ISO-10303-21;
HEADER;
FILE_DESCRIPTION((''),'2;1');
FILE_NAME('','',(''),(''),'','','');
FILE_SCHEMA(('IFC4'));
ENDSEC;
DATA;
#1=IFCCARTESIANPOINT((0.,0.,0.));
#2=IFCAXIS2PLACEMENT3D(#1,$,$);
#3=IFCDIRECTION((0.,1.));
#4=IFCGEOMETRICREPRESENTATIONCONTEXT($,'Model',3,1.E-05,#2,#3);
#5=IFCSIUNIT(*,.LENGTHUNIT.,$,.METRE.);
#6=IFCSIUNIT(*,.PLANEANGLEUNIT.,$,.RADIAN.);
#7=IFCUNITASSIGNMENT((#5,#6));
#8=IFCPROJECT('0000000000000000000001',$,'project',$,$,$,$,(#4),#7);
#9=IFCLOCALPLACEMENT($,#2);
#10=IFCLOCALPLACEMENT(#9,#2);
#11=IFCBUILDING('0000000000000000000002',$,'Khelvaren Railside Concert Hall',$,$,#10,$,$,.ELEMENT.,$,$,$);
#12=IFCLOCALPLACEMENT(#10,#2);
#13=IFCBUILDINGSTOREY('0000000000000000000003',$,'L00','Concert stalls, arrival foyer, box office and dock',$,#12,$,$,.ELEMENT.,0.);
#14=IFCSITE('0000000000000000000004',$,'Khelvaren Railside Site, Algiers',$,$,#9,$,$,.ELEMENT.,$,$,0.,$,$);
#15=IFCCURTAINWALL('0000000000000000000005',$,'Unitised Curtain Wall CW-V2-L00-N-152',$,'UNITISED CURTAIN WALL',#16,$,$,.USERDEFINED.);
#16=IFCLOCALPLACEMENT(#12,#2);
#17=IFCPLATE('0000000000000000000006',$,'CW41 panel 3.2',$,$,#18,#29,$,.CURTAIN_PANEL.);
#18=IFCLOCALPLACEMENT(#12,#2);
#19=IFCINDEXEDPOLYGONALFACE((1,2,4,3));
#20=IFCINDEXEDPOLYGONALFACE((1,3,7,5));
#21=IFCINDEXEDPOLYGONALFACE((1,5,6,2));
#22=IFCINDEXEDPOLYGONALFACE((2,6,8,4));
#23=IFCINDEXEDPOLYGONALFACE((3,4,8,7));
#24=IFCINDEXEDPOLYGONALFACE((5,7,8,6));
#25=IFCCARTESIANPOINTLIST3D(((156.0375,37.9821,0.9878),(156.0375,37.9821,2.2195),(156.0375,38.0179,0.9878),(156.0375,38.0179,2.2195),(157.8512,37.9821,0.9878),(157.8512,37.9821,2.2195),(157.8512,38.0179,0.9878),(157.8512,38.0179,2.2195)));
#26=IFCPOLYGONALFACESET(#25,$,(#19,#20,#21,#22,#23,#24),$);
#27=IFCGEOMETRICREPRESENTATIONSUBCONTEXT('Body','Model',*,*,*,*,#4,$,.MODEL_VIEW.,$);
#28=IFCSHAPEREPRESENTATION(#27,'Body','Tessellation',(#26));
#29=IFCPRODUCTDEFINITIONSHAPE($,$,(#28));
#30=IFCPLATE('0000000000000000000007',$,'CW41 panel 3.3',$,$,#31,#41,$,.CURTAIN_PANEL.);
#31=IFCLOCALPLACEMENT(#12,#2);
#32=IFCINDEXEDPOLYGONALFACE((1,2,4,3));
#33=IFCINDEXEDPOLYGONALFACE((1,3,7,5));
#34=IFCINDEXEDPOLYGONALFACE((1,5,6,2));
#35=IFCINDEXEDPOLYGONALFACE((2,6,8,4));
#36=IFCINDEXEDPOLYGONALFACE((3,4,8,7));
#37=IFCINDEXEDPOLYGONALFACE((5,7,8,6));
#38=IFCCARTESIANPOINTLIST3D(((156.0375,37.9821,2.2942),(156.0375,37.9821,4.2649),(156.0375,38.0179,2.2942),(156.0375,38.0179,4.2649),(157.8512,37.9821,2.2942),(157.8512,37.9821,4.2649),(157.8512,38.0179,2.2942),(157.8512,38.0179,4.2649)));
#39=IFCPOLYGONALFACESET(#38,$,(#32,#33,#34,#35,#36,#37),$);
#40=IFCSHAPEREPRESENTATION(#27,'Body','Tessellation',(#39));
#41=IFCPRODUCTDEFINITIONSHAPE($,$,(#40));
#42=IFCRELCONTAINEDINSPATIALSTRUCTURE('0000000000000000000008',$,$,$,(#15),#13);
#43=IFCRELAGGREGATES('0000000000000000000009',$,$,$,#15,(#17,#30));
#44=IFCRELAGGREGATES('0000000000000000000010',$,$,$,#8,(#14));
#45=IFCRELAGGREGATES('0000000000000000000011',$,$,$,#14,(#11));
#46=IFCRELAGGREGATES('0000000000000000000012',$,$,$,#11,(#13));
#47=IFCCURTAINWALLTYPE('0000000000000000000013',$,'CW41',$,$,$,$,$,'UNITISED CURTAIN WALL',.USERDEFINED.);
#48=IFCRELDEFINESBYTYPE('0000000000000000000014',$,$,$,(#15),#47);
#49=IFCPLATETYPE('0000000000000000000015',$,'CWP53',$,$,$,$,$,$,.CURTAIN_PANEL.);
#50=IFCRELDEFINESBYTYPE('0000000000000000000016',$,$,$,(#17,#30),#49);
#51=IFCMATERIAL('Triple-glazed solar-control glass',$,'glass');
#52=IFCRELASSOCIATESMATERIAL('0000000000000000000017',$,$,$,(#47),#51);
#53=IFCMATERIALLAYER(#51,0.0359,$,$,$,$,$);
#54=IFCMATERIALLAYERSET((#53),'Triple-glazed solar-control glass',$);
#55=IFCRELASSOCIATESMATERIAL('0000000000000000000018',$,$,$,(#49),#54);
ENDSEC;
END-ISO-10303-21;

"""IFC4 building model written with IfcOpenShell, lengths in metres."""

from ifc_helpers import new_model, si_unit, direction, frame, origin, origin_2d, place, context, subcontext, project, spatial, rectangle, extrude, material, layer, layer_set, type_object, element, aggregate, save


model = new_model("IFC4")

# Units and contexts
model_context = context("Model", 3, precision=1e-05, world=origin(), true_north=direction((0.0, 1.0)))
body_context = subcontext(model_context, "Body", "Model", "MODEL_VIEW")
ifc_project = project(units=[si_unit("LENGTHUNIT", "METRE"), si_unit("PLANEANGLEUNIT", "RADIAN")], contexts=[model_context])

# Site, building, storey
site_placement = place(None, origin())
site = spatial("IfcSite", under=ifc_project, at=site_placement, Name="Khelvaren Railside Site, Algiers", CompositionType="ELEMENT", RefElevation=0.0)
building_placement = place(site_placement, origin())
building = spatial("IfcBuilding", under=site, at=building_placement, Name="Khelvaren Railside Concert Hall", CompositionType="ELEMENT")
storey_placement = place(building_placement, origin())
storey = spatial("IfcBuildingStorey", under=building, at=storey_placement, Name="L00", Description="Concert stalls, arrival foyer, box office and dock", CompositionType="ELEMENT", Elevation=0.0)

# Curtain wall, plates
ifc_material_1 = material(Name="Triple-glazed solar-control glass", Category="glass")
curtain_wall_type = type_object("IfcCurtainWallType", Name="CW41", ElementType="UNITISED CURTAIN WALL", PredefinedType="USERDEFINED", material=ifc_material_1)
curtain_wall_placement = place(storey_placement, origin())
curtain_wall = element("IfcCurtainWall", 1, at=curtain_wall_placement, inside=storey, type_object=curtain_wall_type, Name="Unitised Curtain Wall CW-V2-L00-N-152", ObjectType="UNITISED CURTAIN WALL", PredefinedType="USERDEFINED")
ifc_layer = layer(ifc_material_1, 0.0359)
ifc_layer_set = layer_set([ifc_layer], Name="Triple-glazed solar-control glass")
plate_type = type_object("IfcPlateType", Name="CWP53", PredefinedType="CURTAIN_PANEL", material=ifc_layer_set)
plate_1_placement = place(storey_placement, frame((156.9443, 38.0, 0.9878), z_axis=(0.0, 0.0, 1.0), x_axis=(1.0, 0.0, 0.0)))
plate_1 = element("IfcPlate", 2, at=plate_1_placement, type_object=plate_type, Name="CW41 panel 3.2", PredefinedType="CURTAIN_PANEL", context=body_context, shape_type="SweptSolid", body=[
    extrude(rectangle(XDim=1.8137, YDim=0.0359, at=origin_2d()), origin(), (0.0, 0.0, 1.0), 1.2317),
])
plate_2_placement = place(storey_placement, frame((156.9443, 38.0, 2.2942), z_axis=(0.0, 0.0, 1.0), x_axis=(1.0, 0.0, 0.0)))
plate_2 = element("IfcPlate", 3, at=plate_2_placement, type_object=plate_type, Name="CW41 panel 3.3", PredefinedType="CURTAIN_PANEL", context=body_context, shape_type="SweptSolid", body=[
    extrude(rectangle(XDim=1.8137, YDim=0.0359, at=origin_2d()), origin(), (0.0, 0.0, 1.0), 1.9707),
])
aggregate(curtain_wall, [plate_1, plate_2])

save(model, "model.ifc")
